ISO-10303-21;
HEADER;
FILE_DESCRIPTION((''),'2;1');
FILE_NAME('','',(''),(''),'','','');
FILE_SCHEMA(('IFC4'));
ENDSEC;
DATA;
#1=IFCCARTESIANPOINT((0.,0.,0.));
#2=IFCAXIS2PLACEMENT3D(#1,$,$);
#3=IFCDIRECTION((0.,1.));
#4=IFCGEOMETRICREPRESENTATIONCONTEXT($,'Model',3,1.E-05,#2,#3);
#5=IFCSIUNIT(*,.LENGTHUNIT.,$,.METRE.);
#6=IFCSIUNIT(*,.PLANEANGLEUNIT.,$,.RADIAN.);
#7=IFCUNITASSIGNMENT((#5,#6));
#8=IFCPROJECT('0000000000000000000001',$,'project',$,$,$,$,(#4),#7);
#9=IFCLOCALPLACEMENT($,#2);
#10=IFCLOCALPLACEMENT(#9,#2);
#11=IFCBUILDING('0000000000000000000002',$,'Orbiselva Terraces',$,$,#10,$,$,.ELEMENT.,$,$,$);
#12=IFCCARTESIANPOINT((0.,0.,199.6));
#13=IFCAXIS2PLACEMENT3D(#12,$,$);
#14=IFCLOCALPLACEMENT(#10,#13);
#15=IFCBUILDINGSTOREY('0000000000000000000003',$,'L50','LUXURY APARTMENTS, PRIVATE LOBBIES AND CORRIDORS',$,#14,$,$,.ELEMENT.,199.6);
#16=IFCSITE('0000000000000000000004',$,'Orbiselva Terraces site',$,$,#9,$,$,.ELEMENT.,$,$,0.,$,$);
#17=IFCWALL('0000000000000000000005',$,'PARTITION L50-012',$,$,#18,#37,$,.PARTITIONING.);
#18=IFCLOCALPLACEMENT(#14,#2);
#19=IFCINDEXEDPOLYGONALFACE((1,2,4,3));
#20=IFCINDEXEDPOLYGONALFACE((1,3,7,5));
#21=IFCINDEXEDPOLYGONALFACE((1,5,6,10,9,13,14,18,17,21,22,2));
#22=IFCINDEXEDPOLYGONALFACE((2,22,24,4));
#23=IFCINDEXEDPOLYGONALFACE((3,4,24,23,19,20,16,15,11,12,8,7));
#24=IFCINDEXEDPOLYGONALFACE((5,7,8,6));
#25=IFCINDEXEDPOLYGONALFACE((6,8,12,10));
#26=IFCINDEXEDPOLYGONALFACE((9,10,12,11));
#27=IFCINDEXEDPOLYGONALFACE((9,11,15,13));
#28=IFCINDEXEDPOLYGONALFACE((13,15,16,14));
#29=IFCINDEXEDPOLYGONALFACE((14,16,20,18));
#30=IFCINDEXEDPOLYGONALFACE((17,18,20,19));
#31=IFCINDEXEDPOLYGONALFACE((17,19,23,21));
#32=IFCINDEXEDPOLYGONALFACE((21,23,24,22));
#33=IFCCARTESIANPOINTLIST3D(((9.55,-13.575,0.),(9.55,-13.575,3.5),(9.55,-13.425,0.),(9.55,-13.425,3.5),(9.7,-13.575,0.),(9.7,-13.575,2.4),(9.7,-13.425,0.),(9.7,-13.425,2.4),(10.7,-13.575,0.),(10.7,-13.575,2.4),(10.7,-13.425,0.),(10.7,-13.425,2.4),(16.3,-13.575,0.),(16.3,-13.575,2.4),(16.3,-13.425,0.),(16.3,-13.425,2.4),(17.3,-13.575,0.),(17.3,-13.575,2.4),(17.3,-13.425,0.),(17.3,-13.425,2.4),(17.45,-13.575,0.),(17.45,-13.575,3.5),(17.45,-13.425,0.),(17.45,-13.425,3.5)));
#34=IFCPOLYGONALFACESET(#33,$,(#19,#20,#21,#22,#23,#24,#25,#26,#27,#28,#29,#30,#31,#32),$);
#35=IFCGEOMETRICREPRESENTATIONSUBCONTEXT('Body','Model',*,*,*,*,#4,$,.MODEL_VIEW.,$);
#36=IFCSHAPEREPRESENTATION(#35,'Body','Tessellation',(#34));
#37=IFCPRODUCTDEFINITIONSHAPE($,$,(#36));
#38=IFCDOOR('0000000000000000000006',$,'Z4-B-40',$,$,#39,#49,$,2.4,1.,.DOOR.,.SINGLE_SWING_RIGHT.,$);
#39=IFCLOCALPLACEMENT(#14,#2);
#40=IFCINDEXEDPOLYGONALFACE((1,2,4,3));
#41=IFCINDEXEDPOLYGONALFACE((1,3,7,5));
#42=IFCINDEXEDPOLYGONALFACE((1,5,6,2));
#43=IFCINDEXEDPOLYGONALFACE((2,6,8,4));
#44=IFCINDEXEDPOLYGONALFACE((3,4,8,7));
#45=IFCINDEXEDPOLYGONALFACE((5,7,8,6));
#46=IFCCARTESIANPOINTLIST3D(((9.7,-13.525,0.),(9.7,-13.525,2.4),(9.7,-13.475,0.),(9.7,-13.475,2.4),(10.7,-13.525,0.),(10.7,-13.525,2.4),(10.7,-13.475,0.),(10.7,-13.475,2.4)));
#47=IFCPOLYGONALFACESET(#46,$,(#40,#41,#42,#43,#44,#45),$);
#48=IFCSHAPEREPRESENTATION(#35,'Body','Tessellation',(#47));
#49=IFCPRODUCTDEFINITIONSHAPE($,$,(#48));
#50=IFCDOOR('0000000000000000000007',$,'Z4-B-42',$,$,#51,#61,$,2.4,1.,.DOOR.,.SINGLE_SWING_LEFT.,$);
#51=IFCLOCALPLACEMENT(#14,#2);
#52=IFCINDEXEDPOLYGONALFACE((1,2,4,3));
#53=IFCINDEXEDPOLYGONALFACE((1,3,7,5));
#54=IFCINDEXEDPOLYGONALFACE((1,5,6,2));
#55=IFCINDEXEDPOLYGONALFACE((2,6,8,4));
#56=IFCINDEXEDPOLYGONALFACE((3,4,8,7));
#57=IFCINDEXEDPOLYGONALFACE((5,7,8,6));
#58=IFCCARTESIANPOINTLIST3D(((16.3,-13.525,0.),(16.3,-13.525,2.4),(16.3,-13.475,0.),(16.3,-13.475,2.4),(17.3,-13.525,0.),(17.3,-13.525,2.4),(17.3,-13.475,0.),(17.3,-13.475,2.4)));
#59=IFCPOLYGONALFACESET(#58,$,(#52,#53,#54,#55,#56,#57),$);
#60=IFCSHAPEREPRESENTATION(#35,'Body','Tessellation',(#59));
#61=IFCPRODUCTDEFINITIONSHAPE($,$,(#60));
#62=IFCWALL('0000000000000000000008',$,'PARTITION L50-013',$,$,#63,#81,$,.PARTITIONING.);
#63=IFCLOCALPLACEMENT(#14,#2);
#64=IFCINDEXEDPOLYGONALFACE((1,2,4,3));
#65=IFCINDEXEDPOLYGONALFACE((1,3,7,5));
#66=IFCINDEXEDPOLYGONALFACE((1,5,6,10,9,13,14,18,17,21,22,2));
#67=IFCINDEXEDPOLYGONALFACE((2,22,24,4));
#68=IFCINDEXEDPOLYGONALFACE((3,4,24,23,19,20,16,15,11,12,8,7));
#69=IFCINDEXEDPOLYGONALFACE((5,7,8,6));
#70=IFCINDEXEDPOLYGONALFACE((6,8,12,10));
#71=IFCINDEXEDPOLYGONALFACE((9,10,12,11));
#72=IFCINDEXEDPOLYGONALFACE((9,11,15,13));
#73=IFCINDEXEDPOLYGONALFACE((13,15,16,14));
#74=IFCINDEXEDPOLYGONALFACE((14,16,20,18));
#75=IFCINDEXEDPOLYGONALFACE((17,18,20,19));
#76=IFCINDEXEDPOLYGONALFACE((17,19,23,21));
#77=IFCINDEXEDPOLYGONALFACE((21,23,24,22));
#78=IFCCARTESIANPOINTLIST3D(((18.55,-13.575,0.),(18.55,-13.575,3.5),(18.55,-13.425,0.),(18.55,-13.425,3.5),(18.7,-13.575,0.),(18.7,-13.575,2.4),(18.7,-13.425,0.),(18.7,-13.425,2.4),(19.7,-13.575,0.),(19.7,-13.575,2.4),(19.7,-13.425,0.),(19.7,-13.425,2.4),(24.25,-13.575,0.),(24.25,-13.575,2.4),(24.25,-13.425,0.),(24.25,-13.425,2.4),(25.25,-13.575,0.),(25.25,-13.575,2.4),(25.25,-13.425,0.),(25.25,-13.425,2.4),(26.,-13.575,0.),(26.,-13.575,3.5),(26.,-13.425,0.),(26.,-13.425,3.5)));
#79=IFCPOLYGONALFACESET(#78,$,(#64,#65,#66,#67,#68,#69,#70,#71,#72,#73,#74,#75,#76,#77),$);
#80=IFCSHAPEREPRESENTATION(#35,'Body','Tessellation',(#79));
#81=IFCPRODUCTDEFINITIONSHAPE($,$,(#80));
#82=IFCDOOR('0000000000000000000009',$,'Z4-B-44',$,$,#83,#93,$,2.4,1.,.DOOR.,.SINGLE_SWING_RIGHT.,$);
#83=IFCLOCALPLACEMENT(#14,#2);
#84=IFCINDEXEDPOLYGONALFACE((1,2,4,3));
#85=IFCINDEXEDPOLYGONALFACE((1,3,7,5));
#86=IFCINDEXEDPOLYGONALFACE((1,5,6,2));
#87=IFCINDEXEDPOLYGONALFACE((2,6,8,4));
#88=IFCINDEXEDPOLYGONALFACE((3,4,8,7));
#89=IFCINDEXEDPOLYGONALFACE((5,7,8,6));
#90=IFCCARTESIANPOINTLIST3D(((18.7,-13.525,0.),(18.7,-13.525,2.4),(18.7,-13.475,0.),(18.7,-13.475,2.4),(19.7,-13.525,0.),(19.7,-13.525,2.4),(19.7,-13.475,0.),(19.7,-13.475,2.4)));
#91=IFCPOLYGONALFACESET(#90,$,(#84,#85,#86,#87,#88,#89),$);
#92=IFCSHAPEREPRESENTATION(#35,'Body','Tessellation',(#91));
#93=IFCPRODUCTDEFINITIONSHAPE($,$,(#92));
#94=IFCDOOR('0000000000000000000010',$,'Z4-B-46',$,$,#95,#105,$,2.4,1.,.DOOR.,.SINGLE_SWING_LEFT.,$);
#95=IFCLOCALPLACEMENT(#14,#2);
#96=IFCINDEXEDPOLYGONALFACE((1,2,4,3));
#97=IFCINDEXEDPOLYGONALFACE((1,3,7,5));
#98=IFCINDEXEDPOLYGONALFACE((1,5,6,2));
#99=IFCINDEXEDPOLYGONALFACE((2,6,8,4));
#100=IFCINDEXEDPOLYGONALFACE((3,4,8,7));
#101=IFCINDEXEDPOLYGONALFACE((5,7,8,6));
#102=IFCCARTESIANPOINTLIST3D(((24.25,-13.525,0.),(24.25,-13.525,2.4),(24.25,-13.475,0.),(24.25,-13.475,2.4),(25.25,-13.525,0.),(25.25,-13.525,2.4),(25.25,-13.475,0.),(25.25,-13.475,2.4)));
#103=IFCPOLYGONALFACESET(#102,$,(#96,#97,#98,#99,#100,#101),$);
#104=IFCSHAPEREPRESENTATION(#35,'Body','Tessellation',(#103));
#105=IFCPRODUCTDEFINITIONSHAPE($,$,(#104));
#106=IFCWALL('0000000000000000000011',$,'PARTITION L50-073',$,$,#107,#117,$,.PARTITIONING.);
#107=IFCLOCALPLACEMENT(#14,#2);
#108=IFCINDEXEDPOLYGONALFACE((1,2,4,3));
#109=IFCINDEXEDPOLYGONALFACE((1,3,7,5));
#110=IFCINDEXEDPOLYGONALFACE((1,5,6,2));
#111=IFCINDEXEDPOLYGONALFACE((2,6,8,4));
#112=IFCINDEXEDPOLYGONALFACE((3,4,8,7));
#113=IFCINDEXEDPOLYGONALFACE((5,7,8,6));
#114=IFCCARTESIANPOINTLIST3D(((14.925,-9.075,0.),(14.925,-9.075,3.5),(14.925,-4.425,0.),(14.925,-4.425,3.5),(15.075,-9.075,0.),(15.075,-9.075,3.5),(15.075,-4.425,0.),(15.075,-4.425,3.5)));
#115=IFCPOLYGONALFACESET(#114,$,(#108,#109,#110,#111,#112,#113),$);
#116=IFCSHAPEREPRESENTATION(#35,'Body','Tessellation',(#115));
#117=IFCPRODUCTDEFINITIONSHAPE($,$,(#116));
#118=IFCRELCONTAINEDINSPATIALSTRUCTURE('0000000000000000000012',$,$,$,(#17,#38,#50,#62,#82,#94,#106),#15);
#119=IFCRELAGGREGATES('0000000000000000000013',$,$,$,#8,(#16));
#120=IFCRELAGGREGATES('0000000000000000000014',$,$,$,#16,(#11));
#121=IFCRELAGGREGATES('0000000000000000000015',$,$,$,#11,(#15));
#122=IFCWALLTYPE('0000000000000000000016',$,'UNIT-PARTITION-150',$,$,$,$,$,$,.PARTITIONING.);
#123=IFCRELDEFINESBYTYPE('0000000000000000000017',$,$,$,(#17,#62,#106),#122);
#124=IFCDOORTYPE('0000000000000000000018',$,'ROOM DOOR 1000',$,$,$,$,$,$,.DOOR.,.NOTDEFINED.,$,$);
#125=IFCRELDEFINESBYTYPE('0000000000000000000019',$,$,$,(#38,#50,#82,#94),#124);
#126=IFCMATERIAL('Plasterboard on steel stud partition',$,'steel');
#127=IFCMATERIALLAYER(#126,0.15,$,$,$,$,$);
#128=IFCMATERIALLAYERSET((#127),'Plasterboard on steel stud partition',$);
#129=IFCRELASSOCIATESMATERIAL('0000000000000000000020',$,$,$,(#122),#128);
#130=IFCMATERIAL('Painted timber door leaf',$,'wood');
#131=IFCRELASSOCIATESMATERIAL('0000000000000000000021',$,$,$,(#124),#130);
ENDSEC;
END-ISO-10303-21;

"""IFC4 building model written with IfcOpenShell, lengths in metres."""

from ifc_helpers import new_model, si_unit, direction, frame, frame_2d, origin, place, context, subcontext, project, spatial, rectangle, extrude, material, layer, layer_set, type_object, element, fill, save


model = new_model("IFC4")

# Units and contexts
model_context = context("Model", 3, precision=1e-05, world=origin(), true_north=direction((0.0, 1.0)))
body_context = subcontext(model_context, "Body", "Model", "MODEL_VIEW")
ifc_project = project(units=[si_unit("LENGTHUNIT", "METRE"), si_unit("PLANEANGLEUNIT", "RADIAN")], contexts=[model_context])

# Site, building, storey
site_placement = place(None, origin())
site = spatial("IfcSite", under=ifc_project, at=site_placement, Name="Orbiselva Terraces site", CompositionType="ELEMENT", RefElevation=0.0)
building_placement = place(site_placement, origin())
building = spatial("IfcBuilding", under=site, at=building_placement, Name="Orbiselva Terraces", CompositionType="ELEMENT")
storey_placement = place(building_placement, frame((0.0, 0.0, 199.6)))
storey = spatial("IfcBuildingStorey", under=building, at=storey_placement, Name="L50", Description="LUXURY APARTMENTS, PRIVATE LOBBIES AND CORRIDORS", CompositionType="ELEMENT", Elevation=199.6)

# Shared definitions
ifc_material_1 = material(Name="Plasterboard on steel stud partition", Category="steel")
ifc_layer_1 = layer(ifc_material_1, 0.15)
ifc_layer_set_1 = layer_set([ifc_layer_1], Name="Plasterboard on steel stud partition")
wall_type_1 = type_object("IfcWallType", Name="UNIT-PARTITION-150", PredefinedType="PARTITIONING", material=ifc_layer_set_1)
ifc_material_2 = material(Name="Painted timber door leaf", Category="wood")

# Walls, openings, doors
wall_1_placement = place(storey_placement, frame((17.45, -13.5, 0.0), z_axis=(0.0, 0.0, 1.0), x_axis=(-1.0, 0.0, 0.0)))
wall_1 = element("IfcWall", 1, at=wall_1_placement, inside=storey, type_object=wall_type_1, Name="PARTITION L50-012", PredefinedType="PARTITIONING", context=body_context, shape_type="SweptSolid", body=[
    extrude(rectangle(XDim=7.9, YDim=0.15, at=frame_2d((3.95, 0.0))), origin(), (0.0, 0.0, 1.0), 3.5),
])
opening_1_placement = place(wall_1_placement, frame((6.75, 0.0, 0.0)))
opening_1 = element("IfcOpeningElement", 2, at=opening_1_placement, cuts=wall_1, PredefinedType="OPENING", context=body_context, shape_type="SweptSolid", body=[
    extrude(rectangle(XDim=1.0, YDim=2.4, at=frame_2d((0.5, 1.2))), frame((0.0, 0.085, 0.0), z_axis=(0.0, -1.0, 0.0), x_axis=(1.0, 0.0, 0.0)), (0.0, 0.0, 1.0), 0.17),
])
opening_2_placement = place(wall_1_placement, frame((0.15, 0.0, 0.0)))
opening_2 = element("IfcOpeningElement", 3, at=opening_2_placement, cuts=wall_1, PredefinedType="OPENING", context=body_context, shape_type="SweptSolid", body=[
    extrude(rectangle(XDim=1.0, YDim=2.4, at=frame_2d((0.5, 1.2))), frame((0.0, 0.085, 0.0), z_axis=(0.0, -1.0, 0.0), x_axis=(1.0, 0.0, 0.0)), (0.0, 0.0, 1.0), 0.17),
])
door_type_1 = type_object("IfcDoorType", Name="ROOM DOOR 1000", OperationType="NOTDEFINED", PredefinedType="DOOR", material=ifc_material_2)
door_1_placement = place(opening_1_placement, origin())
door_1 = element("IfcDoor", 4, at=door_1_placement, inside=storey, type_object=door_type_1, Name="Z4-B-40", OperationType="SINGLE_SWING_RIGHT", OverallHeight=2.4, OverallWidth=1.0, PredefinedType="DOOR", context=body_context, shape_type="SweptSolid", body=[
    extrude(rectangle(XDim=1.0, YDim=2.4, at=frame_2d((0.5, 1.2))), frame((0.0, 0.025, 0.0), z_axis=(0.0, -1.0, 0.0), x_axis=(1.0, 0.0, 0.0)), (0.0, 0.0, 1.0), 0.05),
])
fill(opening_1, door_1)
door_2_placement = place(opening_2_placement, origin())
door_2 = element("IfcDoor", 5, at=door_2_placement, inside=storey, type_object=door_type_1, Name="Z4-B-42", OperationType="SINGLE_SWING_LEFT", OverallHeight=2.4, OverallWidth=1.0, PredefinedType="DOOR", context=body_context, shape_type="SweptSolid", body=[
    extrude(rectangle(XDim=1.0, YDim=2.4, at=frame_2d((0.5, 1.2))), frame((0.0, 0.025, 0.0), z_axis=(0.0, -1.0, 0.0), x_axis=(1.0, 0.0, 0.0)), (0.0, 0.0, 1.0), 0.05),
])
fill(opening_2, door_2)
wall_2_placement = place(storey_placement, frame((26.0, -13.5, 0.0), z_axis=(0.0, 0.0, 1.0), x_axis=(-1.0, 0.0, 0.0)))
wall_2 = element("IfcWall", 6, at=wall_2_placement, inside=storey, type_object=wall_type_1, Name="PARTITION L50-013", PredefinedType="PARTITIONING", context=body_context, shape_type="SweptSolid", body=[
    extrude(rectangle(XDim=7.45, YDim=0.15, at=frame_2d((3.725, 0.0))), origin(), (0.0, 0.0, 1.0), 3.5),
])
opening_3_placement = place(wall_2_placement, frame((6.3, 0.0, 0.0)))
opening_3 = element("IfcOpeningElement", 7, at=opening_3_placement, cuts=wall_2, PredefinedType="OPENING", context=body_context, shape_type="SweptSolid", body=[
    extrude(rectangle(XDim=1.0, YDim=2.4, at=frame_2d((0.5, 1.2))), frame((0.0, 0.085, 0.0), z_axis=(0.0, -1.0, 0.0), x_axis=(1.0, 0.0, 0.0)), (0.0, 0.0, 1.0), 0.17),
])
opening_4_placement = place(wall_2_placement, frame((0.75, 0.0, 0.0)))
opening_4 = element("IfcOpeningElement", 8, at=opening_4_placement, cuts=wall_2, PredefinedType="OPENING", context=body_context, shape_type="SweptSolid", body=[
    extrude(rectangle(XDim=1.0, YDim=2.4, at=frame_2d((0.5, 1.2))), frame((0.0, 0.085, 0.0), z_axis=(0.0, -1.0, 0.0), x_axis=(1.0, 0.0, 0.0)), (0.0, 0.0, 1.0), 0.17),
])
door_3_placement = place(opening_3_placement, origin())
door_3 = element("IfcDoor", 9, at=door_3_placement, inside=storey, type_object=door_type_1, Name="Z4-B-44", OperationType="SINGLE_SWING_RIGHT", OverallHeight=2.4, OverallWidth=1.0, PredefinedType="DOOR", context=body_context, shape_type="SweptSolid", body=[
    extrude(rectangle(XDim=1.0, YDim=2.4, at=frame_2d((0.5, 1.2))), frame((0.0, 0.025, 0.0), z_axis=(0.0, -1.0, 0.0), x_axis=(1.0, 0.0, 0.0)), (0.0, 0.0, 1.0), 0.05),
])
fill(opening_3, door_3)
door_4_placement = place(opening_4_placement, origin())
door_4 = element("IfcDoor", 10, at=door_4_placement, inside=storey, type_object=door_type_1, Name="Z4-B-46", OperationType="SINGLE_SWING_LEFT", OverallHeight=2.4, OverallWidth=1.0, PredefinedType="DOOR", context=body_context, shape_type="SweptSolid", body=[
    extrude(rectangle(XDim=1.0, YDim=2.4, at=frame_2d((0.5, 1.2))), frame((0.0, 0.025, 0.0), z_axis=(0.0, -1.0, 0.0), x_axis=(1.0, 0.0, 0.0)), (0.0, 0.0, 1.0), 0.05),
])
fill(opening_4, door_4)

# Wall
wall_3_placement = place(storey_placement, frame((15.0, -9.075, 0.0), z_axis=(0.0, 0.0, 1.0), x_axis=(0.0, 1.0, 0.0)))
element("IfcWall", 11, at=wall_3_placement, inside=storey, type_object=wall_type_1, Name="PARTITION L50-073", PredefinedType="PARTITIONING", context=body_context, shape_type="SweptSolid", body=[
    extrude(rectangle(XDim=4.65, YDim=0.15, at=frame_2d((2.325, 0.0))), origin(), (0.0, 0.0, 1.0), 3.5),
])

save(model, "model.ifc")
